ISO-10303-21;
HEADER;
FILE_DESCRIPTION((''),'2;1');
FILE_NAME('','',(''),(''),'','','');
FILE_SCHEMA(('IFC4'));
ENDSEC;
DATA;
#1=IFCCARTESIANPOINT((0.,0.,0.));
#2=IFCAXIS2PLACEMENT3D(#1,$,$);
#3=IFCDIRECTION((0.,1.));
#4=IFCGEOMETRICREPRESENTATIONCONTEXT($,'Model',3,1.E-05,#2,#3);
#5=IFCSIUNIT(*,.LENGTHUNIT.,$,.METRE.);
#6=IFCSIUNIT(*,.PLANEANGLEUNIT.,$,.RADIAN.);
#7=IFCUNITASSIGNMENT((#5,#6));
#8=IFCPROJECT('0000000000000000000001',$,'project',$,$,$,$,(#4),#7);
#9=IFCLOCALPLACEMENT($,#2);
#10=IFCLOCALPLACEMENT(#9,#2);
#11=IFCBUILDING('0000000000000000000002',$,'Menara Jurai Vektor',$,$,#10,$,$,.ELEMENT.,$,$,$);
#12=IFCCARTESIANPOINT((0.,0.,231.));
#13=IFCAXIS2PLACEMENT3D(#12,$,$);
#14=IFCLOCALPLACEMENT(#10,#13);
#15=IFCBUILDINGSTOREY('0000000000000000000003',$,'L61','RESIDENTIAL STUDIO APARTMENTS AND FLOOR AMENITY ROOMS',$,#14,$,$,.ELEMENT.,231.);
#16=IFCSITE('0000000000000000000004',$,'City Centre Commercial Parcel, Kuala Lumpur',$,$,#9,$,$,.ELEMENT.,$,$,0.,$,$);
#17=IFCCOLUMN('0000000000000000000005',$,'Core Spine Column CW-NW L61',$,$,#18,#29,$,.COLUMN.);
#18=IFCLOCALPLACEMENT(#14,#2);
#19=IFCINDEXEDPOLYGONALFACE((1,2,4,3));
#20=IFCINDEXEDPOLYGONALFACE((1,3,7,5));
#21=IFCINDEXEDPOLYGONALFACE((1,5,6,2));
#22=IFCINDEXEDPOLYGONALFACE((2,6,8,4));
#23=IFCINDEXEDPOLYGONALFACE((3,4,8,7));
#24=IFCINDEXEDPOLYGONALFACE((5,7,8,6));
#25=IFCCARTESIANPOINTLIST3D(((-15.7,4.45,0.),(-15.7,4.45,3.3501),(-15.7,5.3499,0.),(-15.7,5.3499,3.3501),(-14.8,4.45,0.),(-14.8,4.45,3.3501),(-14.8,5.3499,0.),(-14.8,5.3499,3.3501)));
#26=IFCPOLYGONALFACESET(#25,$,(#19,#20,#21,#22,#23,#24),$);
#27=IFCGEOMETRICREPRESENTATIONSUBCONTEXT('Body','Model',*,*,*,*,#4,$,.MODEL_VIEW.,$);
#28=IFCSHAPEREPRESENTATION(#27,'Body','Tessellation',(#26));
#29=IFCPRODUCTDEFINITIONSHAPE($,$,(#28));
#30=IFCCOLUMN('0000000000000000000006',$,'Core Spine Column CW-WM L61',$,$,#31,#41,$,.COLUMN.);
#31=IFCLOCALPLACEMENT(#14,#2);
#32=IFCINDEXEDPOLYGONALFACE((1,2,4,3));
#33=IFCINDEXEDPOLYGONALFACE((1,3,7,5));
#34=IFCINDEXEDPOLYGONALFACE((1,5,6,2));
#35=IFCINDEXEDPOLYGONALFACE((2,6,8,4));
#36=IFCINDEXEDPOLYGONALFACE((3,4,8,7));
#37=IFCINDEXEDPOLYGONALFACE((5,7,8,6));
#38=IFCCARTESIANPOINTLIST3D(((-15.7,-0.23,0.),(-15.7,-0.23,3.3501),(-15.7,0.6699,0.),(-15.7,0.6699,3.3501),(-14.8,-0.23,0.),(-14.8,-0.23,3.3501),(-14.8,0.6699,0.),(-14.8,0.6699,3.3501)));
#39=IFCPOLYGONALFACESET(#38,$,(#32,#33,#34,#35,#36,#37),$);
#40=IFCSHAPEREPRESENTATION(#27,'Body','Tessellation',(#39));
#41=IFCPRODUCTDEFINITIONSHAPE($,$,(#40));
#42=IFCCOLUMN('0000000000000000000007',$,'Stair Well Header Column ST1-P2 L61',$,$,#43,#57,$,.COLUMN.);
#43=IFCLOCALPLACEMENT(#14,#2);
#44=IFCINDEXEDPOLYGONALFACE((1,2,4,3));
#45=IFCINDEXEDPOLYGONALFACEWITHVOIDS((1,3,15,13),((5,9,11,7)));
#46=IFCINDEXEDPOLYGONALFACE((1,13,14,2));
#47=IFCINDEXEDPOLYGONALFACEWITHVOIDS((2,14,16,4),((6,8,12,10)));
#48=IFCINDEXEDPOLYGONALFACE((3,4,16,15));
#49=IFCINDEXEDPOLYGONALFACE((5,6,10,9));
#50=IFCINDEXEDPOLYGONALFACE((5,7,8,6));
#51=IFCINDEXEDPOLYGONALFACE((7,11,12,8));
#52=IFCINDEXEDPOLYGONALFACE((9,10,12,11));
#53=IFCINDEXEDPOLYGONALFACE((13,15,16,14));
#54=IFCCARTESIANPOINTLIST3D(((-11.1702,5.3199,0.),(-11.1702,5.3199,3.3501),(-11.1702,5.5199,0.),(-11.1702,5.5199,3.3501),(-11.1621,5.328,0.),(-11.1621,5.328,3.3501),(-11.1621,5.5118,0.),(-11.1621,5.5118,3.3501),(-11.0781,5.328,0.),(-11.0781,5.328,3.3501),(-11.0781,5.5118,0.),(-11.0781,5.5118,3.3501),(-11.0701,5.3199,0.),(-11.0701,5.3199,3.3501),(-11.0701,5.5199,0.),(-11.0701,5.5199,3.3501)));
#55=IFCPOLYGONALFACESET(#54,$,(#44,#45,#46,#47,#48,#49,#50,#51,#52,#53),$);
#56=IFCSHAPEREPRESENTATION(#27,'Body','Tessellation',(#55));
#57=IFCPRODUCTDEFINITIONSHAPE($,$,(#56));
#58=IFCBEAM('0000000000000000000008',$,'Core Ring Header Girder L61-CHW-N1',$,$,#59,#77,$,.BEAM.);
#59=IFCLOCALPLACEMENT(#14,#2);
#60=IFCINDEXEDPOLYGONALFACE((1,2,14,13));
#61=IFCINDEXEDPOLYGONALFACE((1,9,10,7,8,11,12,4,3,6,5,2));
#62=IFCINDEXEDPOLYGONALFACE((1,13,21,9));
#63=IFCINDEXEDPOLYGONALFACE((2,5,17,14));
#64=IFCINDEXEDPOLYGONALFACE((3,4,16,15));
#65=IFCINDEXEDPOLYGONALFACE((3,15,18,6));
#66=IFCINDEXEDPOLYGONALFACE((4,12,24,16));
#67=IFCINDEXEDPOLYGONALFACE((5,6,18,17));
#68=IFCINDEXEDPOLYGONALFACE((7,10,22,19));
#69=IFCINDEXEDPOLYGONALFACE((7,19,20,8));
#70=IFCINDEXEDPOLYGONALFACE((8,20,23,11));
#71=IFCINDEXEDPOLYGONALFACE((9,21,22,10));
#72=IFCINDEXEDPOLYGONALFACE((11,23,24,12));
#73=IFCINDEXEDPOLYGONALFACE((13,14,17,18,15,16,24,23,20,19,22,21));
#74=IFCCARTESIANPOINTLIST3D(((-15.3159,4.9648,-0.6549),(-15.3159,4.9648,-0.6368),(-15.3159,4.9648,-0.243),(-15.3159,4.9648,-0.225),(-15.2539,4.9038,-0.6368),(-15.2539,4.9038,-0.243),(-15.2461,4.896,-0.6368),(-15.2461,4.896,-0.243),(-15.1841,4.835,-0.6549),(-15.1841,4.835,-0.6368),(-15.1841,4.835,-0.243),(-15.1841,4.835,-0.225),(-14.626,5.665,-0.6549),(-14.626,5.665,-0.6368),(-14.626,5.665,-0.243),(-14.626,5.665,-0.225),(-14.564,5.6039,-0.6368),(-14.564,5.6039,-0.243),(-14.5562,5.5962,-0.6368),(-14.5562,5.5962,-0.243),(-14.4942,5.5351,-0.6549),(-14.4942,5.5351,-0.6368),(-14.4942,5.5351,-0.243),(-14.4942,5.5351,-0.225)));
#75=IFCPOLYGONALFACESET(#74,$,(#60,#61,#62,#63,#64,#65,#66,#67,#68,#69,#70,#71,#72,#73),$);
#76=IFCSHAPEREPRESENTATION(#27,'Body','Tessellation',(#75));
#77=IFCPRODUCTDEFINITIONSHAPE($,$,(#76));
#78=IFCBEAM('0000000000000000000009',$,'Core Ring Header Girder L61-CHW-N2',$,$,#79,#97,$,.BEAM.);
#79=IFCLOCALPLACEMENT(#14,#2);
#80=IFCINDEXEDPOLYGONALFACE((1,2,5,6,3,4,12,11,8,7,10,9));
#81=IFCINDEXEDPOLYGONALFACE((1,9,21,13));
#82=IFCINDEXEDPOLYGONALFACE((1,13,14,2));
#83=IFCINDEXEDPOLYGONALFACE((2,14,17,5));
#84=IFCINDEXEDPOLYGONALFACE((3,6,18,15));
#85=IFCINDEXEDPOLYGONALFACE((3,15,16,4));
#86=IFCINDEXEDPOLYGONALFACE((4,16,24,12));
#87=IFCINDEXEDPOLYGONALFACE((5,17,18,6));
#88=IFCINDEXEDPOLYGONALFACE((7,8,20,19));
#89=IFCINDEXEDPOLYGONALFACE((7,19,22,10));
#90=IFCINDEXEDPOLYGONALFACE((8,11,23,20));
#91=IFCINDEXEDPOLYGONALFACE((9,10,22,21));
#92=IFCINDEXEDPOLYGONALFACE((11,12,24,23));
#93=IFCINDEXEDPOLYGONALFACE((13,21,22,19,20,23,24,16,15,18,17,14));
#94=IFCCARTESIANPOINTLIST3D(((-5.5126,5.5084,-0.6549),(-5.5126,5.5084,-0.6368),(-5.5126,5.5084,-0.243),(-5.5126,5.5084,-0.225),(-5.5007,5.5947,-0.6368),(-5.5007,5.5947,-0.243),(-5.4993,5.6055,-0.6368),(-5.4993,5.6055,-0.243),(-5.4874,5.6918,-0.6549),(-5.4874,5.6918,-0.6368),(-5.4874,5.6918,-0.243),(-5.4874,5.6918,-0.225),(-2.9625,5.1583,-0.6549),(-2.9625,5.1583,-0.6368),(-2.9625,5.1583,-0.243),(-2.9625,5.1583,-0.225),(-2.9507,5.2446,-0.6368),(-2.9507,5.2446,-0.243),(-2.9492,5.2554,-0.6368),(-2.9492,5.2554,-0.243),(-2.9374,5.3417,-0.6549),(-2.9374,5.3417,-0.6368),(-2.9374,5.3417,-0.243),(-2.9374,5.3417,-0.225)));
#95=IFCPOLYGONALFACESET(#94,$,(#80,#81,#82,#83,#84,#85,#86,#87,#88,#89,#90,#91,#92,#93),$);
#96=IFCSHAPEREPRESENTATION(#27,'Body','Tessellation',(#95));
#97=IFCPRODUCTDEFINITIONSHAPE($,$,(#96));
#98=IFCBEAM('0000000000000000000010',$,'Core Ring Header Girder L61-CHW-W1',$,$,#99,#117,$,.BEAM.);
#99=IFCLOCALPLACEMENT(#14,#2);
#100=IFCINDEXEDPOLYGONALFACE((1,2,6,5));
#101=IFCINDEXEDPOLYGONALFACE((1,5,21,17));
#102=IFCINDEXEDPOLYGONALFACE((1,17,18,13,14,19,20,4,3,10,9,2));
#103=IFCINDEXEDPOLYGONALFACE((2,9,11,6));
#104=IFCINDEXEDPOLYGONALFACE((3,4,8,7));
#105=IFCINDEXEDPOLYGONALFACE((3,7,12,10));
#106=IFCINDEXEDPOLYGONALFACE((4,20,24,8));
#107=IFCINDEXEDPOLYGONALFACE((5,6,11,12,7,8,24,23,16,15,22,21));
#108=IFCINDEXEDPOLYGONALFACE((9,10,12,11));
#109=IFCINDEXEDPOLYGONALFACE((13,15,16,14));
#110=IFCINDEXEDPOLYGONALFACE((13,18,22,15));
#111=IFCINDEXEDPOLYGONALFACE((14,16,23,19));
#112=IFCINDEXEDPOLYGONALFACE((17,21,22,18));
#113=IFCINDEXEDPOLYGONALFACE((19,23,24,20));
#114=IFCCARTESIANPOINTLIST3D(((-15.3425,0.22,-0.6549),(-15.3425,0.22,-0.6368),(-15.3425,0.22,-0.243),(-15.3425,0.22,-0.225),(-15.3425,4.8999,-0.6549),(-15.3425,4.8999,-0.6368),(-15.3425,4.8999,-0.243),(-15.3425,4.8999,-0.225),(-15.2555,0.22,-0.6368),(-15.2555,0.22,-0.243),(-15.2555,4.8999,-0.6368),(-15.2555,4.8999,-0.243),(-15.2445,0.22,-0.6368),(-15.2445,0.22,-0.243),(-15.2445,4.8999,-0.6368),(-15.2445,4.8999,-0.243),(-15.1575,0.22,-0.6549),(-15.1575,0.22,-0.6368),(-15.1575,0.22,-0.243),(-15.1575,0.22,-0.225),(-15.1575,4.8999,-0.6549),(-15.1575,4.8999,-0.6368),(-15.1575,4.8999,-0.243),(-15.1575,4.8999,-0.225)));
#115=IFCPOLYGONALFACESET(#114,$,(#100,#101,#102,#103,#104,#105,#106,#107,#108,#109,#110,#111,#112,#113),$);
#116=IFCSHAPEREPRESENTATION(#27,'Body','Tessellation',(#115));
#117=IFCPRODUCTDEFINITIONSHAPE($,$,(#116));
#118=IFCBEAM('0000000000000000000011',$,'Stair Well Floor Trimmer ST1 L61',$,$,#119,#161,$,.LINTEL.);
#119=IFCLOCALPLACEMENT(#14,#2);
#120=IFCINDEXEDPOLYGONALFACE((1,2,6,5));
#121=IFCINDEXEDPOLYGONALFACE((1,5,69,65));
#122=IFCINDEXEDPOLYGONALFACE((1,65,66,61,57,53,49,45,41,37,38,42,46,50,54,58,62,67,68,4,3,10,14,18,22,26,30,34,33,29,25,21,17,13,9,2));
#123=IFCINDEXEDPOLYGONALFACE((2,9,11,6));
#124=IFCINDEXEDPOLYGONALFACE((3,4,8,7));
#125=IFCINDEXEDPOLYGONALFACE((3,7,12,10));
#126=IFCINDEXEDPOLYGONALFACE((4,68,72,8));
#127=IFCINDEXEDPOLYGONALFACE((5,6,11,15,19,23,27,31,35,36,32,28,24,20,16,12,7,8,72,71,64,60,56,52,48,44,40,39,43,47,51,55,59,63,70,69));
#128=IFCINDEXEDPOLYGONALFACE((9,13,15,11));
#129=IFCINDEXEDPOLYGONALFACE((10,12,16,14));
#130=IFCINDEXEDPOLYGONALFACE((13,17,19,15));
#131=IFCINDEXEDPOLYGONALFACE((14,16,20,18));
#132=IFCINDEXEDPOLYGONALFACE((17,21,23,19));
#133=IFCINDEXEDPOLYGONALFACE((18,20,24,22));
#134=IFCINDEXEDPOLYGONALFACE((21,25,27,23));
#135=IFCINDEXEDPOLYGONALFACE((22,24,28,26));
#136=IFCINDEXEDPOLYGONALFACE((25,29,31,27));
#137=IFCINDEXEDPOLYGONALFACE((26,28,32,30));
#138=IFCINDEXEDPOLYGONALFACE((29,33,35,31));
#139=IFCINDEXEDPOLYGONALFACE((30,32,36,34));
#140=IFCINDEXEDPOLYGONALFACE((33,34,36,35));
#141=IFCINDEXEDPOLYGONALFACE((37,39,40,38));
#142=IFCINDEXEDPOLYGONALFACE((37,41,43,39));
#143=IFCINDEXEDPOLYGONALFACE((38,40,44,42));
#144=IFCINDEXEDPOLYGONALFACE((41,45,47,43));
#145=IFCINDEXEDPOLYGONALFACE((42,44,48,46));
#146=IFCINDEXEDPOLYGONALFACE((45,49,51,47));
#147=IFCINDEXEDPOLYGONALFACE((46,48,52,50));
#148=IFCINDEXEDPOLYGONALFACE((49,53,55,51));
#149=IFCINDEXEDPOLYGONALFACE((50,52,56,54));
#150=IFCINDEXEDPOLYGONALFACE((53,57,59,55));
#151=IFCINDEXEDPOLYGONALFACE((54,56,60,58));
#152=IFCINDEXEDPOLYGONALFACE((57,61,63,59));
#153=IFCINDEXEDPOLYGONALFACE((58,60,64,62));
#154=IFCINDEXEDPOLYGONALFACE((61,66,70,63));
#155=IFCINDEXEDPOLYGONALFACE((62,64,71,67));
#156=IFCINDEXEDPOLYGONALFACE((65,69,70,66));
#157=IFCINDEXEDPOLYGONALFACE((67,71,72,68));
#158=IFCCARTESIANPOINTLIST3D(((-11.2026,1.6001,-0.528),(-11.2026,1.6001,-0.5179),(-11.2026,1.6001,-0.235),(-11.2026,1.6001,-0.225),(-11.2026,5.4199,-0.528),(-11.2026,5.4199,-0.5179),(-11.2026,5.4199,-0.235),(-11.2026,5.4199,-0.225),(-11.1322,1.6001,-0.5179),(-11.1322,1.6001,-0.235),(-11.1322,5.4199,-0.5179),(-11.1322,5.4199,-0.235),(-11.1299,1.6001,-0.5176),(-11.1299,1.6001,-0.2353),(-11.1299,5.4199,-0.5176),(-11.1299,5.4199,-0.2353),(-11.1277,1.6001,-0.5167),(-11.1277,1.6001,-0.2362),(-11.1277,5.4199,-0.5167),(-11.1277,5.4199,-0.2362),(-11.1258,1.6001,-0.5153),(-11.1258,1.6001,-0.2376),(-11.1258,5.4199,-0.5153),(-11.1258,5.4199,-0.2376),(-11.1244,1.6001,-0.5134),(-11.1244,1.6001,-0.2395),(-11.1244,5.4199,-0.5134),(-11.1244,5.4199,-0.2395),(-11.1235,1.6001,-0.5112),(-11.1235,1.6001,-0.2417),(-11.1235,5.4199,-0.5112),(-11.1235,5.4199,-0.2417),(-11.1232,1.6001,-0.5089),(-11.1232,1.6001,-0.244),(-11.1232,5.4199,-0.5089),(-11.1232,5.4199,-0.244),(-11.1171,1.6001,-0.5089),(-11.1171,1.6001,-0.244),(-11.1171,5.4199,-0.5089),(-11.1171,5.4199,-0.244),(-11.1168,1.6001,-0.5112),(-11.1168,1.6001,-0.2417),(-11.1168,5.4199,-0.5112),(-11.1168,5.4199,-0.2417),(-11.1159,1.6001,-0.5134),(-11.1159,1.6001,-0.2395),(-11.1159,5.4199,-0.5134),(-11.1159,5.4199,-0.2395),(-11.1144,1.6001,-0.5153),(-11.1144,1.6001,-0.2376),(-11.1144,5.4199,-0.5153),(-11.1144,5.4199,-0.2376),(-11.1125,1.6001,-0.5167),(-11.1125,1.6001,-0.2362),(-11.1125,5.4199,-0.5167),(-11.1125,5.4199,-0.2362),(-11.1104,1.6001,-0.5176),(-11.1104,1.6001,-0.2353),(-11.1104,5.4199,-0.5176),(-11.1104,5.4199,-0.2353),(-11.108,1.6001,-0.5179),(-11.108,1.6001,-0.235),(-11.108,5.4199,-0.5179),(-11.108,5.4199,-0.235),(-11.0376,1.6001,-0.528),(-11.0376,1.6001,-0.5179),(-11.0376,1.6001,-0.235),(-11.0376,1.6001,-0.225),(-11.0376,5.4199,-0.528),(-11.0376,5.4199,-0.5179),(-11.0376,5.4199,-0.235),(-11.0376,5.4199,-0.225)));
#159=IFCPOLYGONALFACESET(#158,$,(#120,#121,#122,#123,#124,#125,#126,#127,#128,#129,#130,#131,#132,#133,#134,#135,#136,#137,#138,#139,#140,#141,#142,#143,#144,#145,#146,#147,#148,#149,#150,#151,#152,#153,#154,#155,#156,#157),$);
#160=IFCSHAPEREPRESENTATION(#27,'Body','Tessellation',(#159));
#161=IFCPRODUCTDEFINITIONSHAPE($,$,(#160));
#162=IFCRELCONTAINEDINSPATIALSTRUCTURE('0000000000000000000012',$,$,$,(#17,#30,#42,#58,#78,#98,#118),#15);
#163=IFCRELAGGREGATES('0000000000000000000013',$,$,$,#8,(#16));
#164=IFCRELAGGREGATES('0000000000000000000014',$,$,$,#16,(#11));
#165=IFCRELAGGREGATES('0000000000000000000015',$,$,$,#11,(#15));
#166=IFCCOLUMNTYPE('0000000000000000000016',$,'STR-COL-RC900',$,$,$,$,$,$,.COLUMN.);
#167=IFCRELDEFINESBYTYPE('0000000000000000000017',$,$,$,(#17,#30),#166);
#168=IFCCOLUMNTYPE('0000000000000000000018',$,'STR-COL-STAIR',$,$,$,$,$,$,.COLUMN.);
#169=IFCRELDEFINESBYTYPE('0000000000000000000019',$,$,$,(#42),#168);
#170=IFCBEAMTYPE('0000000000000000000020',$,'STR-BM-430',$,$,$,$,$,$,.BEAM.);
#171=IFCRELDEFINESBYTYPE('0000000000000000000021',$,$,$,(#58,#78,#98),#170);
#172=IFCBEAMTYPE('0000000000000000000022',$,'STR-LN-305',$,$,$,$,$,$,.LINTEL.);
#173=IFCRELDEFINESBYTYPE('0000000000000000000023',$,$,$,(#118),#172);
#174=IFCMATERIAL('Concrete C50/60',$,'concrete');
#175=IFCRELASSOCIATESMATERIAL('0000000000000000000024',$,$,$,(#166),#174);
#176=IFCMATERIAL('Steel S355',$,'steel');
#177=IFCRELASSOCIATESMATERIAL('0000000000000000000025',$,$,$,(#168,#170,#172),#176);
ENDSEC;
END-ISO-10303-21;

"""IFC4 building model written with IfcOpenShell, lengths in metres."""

from ifc_helpers import new_model, si_unit, direction, frame, origin, origin_2d, place, context, subcontext, project, spatial, rectangle, hollow_rectangle, i_section, extrude, material, material_profile, profile_set, type_object, element, save


model = new_model("IFC4")

# Units and contexts
model_context = context("Model", 3, precision=1e-05, world=origin(), true_north=direction((0.0, 1.0)))
body_context = subcontext(model_context, "Body", "Model", "MODEL_VIEW")
ifc_project = project(units=[si_unit("LENGTHUNIT", "METRE"), si_unit("PLANEANGLEUNIT", "RADIAN")], contexts=[model_context])

# Site, building, storey
site_placement = place(None, origin())
site = spatial("IfcSite", under=ifc_project, at=site_placement, Name="City Centre Commercial Parcel, Kuala Lumpur", CompositionType="ELEMENT", RefElevation=0.0)
building_placement = place(site_placement, origin())
building = spatial("IfcBuilding", under=site, at=building_placement, Name="Menara Jurai Vektor", CompositionType="ELEMENT")
storey_placement = place(building_placement, frame((0.0, 0.0, 231.0)))
storey = spatial("IfcBuildingStorey", under=building, at=storey_placement, Name="L61", Description="RESIDENTIAL STUDIO APARTMENTS AND FLOOR AMENITY ROOMS", CompositionType="ELEMENT", Elevation=231.0)

# Columns
ifc_material_1 = material(Name="Concrete C50/60", Category="concrete")
ifc_material_profile_1 = material_profile(ifc_material_1, rectangle(XDim=0.8999, YDim=0.8999, at=origin_2d()), Name="RC 900x900")
ifc_profile_set_1 = profile_set([ifc_material_profile_1], Name="Concrete C50/60")
column_type_1 = type_object("IfcColumnType", Name="STR-COL-RC900", PredefinedType="COLUMN", material=ifc_profile_set_1)
for number, where, z_axis, x_axis, name in (
    (1, (-15.25, 4.8999, 0.0), (0.0, 0.0, 1.0), (1.0, 0.0, 0.0), "Core Spine Column CW-NW L61"),
    (2, (-15.25, 0.22, 0.0), (0.0, 0.0, 1.0), (1.0, 0.0, 0.0), "Core Spine Column CW-WM L61"),
):
    element("IfcColumn", number, at=place(storey_placement, frame(where, z_axis=z_axis, x_axis=x_axis)), inside=storey, type_object=column_type_1, Name=name, PredefinedType="COLUMN", context=body_context, shape_type="SweptSolid", body=[
        extrude(rectangle(XDim=0.8999, YDim=0.8999, at=origin_2d()), origin(), (0.0, 0.0, 1.0), 3.3501),
    ])
ifc_material_2 = material(Name="Steel S355", Category="steel")
ifc_material_profile_2 = material_profile(ifc_material_2, hollow_rectangle(XDim=0.1001, YDim=0.2, WallThickness=0.0081, at=origin_2d()), Name="RHS 200x100x8")
ifc_profile_set_2 = profile_set([ifc_material_profile_2], Name="Steel S355")
column_type_2 = type_object("IfcColumnType", Name="STR-COL-STAIR", PredefinedType="COLUMN", material=ifc_profile_set_2)
column_placement = place(storey_placement, frame((-11.1201, 5.4199, 0.0), z_axis=(0.0, 0.0, 1.0), x_axis=(1.0, 0.0, 0.0)))
element("IfcColumn", 3, at=column_placement, inside=storey, type_object=column_type_2, Name="Stair Well Header Column ST1-P2 L61", PredefinedType="COLUMN", context=body_context, shape_type="SweptSolid", body=[
    extrude(hollow_rectangle(XDim=0.1001, YDim=0.2, WallThickness=0.0081, at=origin_2d()), origin(), (0.0, 0.0, 1.0), 3.3501),
])

# Beams
ifc_material_profile_3 = material_profile(ifc_material_2, i_section(OverallWidth=0.1851, OverallDepth=0.4299, WebThickness=0.011, FlangeThickness=0.0181, at=origin_2d()), Name="PG 430x185x76")
ifc_profile_set_3 = profile_set([ifc_material_profile_3], Name="Steel S355")
beam_type_1 = type_object("IfcBeamType", Name="STR-BM-430", PredefinedType="BEAM", material=ifc_profile_set_3)
beam_1_placement = place(storey_placement, frame((-15.25, 4.8999, -0.4399), z_axis=(0.701872, 0.712303, 0.0), x_axis=(-0.712303, 0.701872, 0.0)))
element("IfcBeam", 4, at=beam_1_placement, inside=storey, type_object=beam_type_1, Name="Core Ring Header Girder L61-CHW-N1", PredefinedType="BEAM", context=body_context, shape_type="SweptSolid", body=[
    extrude(i_section(OverallWidth=0.1851, OverallDepth=0.4299, WebThickness=0.011, FlangeThickness=0.0181, at=origin_2d()), origin(), (0.0, 0.0, 1.0), 0.9829),
])
beam_2_placement = place(storey_placement, frame((-5.5, 5.6001, -0.4399), z_axis=(0.990707, -0.136015, 0.0), x_axis=(0.136015, 0.990707, 0.0)))
element("IfcBeam", 5, at=beam_2_placement, inside=storey, type_object=beam_type_1, Name="Core Ring Header Girder L61-CHW-N2", PredefinedType="BEAM", context=body_context, shape_type="SweptSolid", body=[
    extrude(i_section(OverallWidth=0.1851, OverallDepth=0.4299, WebThickness=0.011, FlangeThickness=0.0181, at=origin_2d()), origin(), (0.0, 0.0, 1.0), 2.574),
])
beam_3_placement = place(storey_placement, frame((-15.25, 0.22, -0.4399), z_axis=(0.0, 1.0, 0.0), x_axis=(-1.0, 0.0, 0.0)))
element("IfcBeam", 6, at=beam_3_placement, inside=storey, type_object=beam_type_1, Name="Core Ring Header Girder L61-CHW-W1", PredefinedType="BEAM", context=body_context, shape_type="SweptSolid", body=[
    extrude(i_section(OverallWidth=0.1851, OverallDepth=0.4299, WebThickness=0.011, FlangeThickness=0.0181, at=origin_2d()), origin(), (0.0, 0.0, 1.0), 4.6799),
])
ifc_material_profile_4 = material_profile(ifc_material_2, i_section(OverallWidth=0.165, OverallDepth=0.303, WebThickness=0.0061, FlangeThickness=0.01, FilletRadius=0.009, at=origin_2d()), Name="UKB 305x165x40")
ifc_profile_set_4 = profile_set([ifc_material_profile_4], Name="Steel S355")
beam_type_2 = type_object("IfcBeamType", Name="STR-LN-305", PredefinedType="LINTEL", material=ifc_profile_set_4)
beam_4_placement = place(storey_placement, frame((-11.1201, 1.6001, -0.3765), z_axis=(0.0, 1.0, 0.0), x_axis=(-1.0, 0.0, 0.0)))
element("IfcBeam", 7, at=beam_4_placement, inside=storey, type_object=beam_type_2, Name="Stair Well Floor Trimmer ST1 L61", PredefinedType="LINTEL", context=body_context, shape_type="SweptSolid", body=[
    extrude(i_section(OverallWidth=0.165, OverallDepth=0.303, WebThickness=0.0061, FlangeThickness=0.01, FilletRadius=0.009, at=origin_2d()), origin(), (0.0, 0.0, 1.0), 3.8198),
])

save(model, "model.ifc")
